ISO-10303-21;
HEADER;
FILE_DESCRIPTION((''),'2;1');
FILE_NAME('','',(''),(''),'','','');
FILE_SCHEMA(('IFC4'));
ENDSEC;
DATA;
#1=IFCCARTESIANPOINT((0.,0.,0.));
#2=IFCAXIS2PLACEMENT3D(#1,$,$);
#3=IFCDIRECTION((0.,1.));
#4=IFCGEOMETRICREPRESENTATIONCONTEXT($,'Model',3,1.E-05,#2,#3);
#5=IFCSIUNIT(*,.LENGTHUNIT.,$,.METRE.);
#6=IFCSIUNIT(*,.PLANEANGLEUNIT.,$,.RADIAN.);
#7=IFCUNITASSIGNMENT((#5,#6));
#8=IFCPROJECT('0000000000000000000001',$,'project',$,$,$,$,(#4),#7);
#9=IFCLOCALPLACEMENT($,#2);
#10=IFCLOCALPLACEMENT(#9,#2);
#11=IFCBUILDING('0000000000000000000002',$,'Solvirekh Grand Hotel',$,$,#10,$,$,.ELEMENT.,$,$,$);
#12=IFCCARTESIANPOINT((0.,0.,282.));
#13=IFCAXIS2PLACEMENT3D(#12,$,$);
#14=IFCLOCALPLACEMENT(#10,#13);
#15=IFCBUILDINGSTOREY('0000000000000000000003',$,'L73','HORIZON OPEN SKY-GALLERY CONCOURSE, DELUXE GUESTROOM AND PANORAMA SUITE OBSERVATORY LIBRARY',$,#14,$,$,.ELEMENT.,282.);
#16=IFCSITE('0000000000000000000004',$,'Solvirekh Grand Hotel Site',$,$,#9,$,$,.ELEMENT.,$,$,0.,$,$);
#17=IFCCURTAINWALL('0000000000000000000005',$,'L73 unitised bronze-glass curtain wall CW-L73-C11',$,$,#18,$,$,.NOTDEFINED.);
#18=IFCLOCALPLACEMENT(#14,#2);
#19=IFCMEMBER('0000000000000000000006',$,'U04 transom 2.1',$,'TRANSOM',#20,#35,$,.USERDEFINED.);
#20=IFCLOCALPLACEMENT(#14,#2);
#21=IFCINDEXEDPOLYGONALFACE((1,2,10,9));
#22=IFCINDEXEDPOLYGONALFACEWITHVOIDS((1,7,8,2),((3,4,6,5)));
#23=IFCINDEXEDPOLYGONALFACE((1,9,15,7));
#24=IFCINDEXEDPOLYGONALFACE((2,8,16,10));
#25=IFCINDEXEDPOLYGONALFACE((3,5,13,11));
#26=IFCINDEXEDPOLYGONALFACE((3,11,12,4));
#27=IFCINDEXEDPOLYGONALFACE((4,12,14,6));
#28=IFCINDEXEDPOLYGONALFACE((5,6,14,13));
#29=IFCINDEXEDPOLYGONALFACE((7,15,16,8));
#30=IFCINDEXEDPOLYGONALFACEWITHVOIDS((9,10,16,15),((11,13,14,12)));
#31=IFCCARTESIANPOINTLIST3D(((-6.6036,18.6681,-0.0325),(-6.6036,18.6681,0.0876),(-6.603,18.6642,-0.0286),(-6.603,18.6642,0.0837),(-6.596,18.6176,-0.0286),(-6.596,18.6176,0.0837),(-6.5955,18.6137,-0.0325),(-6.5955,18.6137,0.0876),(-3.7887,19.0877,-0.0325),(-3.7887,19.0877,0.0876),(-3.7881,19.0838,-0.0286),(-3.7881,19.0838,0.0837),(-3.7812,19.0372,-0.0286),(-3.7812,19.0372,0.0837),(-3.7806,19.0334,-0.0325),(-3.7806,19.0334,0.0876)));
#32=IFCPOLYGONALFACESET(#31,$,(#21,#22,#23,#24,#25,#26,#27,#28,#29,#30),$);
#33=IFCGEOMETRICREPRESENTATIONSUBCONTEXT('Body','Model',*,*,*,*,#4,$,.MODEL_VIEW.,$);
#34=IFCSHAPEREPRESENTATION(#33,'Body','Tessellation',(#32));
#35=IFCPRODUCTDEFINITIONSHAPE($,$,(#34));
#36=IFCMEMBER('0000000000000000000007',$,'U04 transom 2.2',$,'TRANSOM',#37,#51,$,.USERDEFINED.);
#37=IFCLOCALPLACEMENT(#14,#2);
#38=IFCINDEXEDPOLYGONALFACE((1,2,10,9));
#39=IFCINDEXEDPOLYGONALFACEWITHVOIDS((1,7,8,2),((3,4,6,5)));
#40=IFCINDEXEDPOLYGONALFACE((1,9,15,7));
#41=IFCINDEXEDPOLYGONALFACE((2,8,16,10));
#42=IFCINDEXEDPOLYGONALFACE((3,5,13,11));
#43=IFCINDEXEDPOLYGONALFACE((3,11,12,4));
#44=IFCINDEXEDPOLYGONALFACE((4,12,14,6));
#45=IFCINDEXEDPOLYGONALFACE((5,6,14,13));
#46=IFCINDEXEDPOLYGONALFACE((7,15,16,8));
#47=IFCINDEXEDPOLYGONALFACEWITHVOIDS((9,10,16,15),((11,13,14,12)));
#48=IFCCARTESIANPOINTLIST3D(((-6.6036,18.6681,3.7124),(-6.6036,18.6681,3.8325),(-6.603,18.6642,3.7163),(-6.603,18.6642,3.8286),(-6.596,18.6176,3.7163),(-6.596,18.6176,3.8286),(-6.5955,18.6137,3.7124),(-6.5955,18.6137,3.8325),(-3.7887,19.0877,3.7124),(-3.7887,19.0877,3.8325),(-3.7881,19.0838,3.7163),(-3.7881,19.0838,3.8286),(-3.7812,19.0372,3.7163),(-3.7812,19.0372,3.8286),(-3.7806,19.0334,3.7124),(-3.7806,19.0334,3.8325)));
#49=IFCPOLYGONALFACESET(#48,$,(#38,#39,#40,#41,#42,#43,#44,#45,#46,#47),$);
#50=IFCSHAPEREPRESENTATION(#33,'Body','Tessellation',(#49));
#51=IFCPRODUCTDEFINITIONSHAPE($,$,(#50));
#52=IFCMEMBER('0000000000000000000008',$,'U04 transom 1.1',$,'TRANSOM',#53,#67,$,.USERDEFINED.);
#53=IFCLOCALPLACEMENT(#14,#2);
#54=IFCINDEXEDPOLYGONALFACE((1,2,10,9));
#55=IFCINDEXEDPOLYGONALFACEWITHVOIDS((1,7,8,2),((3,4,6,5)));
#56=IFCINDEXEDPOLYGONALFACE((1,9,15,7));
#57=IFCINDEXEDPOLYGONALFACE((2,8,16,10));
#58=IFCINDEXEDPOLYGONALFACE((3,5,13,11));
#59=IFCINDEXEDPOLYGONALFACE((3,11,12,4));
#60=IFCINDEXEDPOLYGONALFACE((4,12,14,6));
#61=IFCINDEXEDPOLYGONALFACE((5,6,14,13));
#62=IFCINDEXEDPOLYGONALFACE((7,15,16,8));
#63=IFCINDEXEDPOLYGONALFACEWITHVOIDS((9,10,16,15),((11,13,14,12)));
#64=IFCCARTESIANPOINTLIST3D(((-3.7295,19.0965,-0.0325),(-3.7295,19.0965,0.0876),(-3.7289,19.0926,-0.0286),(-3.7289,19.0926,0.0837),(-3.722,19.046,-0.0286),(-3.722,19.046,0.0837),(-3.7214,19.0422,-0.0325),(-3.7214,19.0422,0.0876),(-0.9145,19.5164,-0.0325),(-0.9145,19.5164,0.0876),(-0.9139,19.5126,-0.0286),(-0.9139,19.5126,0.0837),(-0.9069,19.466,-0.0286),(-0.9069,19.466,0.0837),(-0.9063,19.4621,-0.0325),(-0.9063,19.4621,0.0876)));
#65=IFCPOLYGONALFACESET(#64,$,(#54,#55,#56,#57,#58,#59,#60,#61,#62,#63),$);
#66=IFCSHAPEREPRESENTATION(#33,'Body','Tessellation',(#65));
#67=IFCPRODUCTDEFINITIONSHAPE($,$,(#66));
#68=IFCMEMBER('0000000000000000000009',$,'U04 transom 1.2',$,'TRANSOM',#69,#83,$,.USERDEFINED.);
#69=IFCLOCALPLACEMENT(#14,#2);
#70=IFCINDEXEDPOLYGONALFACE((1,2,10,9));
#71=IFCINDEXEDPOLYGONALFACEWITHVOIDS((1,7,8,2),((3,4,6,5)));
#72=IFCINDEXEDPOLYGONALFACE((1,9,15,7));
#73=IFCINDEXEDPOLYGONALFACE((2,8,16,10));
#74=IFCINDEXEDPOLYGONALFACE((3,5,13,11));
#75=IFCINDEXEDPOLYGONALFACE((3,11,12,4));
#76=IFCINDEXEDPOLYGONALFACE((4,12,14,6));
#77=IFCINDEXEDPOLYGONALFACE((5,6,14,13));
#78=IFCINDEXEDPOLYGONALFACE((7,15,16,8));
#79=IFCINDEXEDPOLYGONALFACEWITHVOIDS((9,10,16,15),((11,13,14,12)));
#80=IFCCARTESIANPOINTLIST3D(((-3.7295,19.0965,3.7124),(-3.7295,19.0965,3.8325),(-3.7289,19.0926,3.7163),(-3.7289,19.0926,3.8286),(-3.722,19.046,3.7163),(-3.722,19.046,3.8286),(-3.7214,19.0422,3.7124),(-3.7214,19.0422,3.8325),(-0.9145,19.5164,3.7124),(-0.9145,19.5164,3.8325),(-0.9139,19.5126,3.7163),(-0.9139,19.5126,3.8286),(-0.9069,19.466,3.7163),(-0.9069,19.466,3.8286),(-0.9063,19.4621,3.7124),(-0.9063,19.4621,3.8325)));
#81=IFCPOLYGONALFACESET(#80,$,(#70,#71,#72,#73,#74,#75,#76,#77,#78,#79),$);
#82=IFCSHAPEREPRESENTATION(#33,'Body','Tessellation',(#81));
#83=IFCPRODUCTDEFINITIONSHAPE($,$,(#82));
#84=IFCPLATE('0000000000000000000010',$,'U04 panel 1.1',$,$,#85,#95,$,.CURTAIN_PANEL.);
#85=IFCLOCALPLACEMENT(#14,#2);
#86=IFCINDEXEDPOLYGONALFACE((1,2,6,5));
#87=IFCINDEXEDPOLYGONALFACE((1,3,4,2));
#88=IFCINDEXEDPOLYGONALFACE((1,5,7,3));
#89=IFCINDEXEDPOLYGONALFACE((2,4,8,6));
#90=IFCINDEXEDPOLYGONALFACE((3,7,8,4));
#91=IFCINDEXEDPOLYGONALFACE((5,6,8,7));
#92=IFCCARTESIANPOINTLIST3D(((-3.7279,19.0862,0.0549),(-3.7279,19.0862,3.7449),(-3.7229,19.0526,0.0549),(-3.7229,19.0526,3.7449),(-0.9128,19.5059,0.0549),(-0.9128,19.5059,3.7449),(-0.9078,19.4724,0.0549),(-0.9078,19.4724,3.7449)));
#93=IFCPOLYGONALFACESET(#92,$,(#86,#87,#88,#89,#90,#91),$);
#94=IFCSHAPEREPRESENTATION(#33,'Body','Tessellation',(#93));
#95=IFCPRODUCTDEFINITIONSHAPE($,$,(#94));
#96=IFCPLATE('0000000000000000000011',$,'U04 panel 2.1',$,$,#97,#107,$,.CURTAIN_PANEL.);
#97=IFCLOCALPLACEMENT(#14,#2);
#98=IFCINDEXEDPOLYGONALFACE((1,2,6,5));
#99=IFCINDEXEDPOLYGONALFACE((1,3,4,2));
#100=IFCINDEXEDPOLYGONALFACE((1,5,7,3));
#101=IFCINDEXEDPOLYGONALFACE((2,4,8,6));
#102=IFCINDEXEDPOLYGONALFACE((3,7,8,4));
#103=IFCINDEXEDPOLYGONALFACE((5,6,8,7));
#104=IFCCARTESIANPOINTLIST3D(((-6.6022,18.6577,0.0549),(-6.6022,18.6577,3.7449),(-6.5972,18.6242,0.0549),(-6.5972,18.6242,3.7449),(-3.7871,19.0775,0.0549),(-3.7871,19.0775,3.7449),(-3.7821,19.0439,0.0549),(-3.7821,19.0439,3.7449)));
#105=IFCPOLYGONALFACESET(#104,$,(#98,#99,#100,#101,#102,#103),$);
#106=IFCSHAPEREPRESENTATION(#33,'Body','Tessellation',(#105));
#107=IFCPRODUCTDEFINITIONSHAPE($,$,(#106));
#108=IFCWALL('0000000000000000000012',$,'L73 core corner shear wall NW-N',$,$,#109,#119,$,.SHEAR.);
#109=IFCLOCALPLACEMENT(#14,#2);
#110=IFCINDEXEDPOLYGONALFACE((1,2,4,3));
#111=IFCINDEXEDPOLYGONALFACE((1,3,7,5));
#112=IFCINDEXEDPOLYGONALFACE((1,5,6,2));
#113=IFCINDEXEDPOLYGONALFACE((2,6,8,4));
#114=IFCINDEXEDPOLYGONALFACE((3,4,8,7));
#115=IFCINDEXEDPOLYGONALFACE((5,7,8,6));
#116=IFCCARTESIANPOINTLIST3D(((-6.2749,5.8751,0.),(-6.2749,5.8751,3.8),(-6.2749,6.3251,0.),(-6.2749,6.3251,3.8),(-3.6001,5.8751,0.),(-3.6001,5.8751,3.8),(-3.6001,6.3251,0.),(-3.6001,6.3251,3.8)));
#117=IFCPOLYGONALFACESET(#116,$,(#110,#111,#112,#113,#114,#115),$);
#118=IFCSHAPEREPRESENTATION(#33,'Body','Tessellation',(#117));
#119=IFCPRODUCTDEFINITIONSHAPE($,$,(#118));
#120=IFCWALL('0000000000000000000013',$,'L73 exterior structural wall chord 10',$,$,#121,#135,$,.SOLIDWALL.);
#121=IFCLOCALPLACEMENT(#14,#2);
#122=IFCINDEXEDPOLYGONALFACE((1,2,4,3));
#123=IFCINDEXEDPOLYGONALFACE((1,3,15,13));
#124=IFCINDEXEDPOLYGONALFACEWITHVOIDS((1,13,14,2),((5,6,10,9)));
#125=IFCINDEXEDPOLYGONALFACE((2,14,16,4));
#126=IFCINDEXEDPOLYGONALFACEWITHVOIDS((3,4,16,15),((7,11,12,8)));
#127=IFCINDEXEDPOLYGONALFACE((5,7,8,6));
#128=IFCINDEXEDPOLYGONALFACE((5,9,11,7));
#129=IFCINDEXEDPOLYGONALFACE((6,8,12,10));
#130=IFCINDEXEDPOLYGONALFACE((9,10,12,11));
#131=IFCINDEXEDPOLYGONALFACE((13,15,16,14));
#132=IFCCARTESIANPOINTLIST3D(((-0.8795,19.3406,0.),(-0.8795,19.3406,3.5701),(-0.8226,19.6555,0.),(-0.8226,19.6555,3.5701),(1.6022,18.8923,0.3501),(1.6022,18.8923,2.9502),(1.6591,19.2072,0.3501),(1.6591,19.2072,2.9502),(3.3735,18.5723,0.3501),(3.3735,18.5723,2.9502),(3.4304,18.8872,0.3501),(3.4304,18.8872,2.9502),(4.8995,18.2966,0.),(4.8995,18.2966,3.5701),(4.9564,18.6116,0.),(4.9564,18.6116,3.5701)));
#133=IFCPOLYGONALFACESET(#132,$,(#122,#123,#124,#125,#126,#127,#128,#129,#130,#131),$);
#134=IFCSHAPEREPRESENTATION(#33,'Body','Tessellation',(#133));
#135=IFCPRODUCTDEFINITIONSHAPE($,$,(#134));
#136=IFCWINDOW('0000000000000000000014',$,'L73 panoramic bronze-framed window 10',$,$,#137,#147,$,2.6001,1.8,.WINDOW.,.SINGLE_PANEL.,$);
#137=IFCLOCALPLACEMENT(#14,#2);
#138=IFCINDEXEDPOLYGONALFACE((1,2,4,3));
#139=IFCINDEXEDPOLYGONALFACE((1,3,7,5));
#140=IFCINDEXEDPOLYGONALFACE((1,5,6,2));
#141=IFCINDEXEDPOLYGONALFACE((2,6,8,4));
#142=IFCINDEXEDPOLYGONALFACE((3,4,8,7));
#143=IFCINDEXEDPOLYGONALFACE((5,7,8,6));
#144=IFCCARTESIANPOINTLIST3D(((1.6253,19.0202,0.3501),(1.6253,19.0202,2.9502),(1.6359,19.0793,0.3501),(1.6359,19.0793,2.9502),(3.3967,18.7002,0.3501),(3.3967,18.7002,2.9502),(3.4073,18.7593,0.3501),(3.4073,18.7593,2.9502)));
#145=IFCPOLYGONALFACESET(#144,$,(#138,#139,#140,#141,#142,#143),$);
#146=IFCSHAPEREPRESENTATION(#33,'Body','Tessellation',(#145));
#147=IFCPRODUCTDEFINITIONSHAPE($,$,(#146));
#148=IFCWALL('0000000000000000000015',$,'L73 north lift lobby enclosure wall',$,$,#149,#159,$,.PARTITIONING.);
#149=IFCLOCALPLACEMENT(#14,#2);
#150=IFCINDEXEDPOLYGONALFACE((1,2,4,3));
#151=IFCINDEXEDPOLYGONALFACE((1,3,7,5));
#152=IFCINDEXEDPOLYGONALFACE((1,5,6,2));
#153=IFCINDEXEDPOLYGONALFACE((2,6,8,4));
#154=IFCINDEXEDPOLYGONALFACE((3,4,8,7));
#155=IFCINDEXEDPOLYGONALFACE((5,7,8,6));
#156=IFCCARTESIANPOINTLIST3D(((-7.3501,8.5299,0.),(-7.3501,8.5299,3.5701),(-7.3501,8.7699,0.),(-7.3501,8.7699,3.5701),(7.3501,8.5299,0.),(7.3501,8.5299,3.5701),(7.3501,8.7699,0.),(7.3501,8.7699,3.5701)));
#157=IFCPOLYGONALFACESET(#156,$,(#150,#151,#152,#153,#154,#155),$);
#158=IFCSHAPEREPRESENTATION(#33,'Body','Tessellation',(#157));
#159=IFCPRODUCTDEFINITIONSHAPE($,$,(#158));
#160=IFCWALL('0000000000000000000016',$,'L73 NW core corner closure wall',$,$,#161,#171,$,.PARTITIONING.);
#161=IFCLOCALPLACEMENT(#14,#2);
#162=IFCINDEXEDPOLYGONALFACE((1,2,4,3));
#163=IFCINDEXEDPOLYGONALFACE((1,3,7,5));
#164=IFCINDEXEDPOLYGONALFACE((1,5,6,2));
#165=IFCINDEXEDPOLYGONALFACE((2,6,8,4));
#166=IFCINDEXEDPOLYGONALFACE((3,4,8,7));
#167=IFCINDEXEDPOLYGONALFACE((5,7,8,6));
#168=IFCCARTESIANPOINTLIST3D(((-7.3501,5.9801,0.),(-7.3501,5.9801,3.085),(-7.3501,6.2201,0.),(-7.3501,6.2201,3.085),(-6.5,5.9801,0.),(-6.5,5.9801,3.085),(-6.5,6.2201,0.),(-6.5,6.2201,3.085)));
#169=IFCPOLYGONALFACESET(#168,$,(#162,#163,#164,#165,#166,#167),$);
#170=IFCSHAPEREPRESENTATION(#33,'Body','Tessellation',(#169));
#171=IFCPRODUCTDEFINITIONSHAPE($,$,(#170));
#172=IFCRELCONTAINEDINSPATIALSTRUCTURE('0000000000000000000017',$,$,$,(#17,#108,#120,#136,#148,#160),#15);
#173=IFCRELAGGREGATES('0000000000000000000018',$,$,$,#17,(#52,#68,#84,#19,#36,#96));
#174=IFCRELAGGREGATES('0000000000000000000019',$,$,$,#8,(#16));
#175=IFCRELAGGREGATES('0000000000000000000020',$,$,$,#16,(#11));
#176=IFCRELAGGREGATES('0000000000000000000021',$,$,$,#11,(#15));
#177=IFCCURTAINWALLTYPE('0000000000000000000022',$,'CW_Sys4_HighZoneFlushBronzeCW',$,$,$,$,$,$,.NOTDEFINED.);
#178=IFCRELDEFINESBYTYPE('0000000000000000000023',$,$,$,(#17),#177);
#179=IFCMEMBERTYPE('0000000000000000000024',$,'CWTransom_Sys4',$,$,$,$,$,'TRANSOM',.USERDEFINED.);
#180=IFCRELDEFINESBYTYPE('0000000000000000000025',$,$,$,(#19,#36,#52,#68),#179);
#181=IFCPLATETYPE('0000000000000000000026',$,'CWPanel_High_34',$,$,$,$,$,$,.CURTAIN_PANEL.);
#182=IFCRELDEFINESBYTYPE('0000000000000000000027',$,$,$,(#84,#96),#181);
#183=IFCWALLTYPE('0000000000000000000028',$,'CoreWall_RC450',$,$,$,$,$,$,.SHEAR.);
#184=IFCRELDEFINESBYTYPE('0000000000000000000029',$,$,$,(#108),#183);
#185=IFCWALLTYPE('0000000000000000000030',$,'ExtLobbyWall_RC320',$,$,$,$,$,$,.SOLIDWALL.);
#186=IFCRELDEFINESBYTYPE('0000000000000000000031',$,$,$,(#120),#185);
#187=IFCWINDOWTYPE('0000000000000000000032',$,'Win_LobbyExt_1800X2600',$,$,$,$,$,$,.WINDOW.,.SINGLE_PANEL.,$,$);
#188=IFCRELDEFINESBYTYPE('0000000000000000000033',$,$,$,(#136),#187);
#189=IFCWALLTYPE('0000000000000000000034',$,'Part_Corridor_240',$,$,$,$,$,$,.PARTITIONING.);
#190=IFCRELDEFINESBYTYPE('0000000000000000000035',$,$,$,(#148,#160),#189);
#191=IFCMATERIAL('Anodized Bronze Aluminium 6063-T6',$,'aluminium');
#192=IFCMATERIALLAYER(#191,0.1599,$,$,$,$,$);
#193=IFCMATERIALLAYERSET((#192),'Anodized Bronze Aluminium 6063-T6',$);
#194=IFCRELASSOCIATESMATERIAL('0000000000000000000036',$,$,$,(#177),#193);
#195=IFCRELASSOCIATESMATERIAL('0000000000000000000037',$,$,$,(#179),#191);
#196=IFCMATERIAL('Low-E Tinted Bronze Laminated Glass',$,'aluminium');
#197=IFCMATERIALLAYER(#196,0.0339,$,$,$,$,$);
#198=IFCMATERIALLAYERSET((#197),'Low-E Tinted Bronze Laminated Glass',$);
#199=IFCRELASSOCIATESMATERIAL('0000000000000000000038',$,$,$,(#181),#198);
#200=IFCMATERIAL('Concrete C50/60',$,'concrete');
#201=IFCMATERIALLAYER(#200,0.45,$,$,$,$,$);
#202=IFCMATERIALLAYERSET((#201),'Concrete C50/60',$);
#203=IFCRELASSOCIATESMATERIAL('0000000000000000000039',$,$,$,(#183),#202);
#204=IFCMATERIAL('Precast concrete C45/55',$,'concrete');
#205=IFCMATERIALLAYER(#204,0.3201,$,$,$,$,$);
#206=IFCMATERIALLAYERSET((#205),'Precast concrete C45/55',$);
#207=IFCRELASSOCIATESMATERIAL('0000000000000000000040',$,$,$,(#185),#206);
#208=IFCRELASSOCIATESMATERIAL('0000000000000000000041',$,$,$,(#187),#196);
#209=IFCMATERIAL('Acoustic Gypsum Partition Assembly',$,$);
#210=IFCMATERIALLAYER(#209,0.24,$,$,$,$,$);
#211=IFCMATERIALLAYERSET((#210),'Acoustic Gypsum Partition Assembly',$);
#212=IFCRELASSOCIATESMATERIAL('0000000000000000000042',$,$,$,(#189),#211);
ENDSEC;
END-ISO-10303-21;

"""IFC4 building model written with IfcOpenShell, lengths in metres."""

from ifc_helpers import new_model, si_unit, direction, frame, frame_2d, origin, origin_2d, place, context, subcontext, project, spatial, rectangle, hollow_rectangle, extrude, source, transform, mapped, material, layer, layer_set, material_profile, profile_set, type_object, element, fill, aggregate, save


model = new_model("IFC4")

# Units and contexts
model_context = context("Model", 3, precision=1e-05, world=origin(), true_north=direction((0.0, 1.0)))
body_context = subcontext(model_context, "Body", "Model", "MODEL_VIEW")
ifc_project = project(units=[si_unit("LENGTHUNIT", "METRE"), si_unit("PLANEANGLEUNIT", "RADIAN")], contexts=[model_context])

# Site, building, storey
site_placement = place(None, origin())
site = spatial("IfcSite", under=ifc_project, at=site_placement, Name="Solvirekh Grand Hotel Site", CompositionType="ELEMENT", RefElevation=0.0)
building_placement = place(site_placement, origin())
building = spatial("IfcBuilding", under=site, at=building_placement, Name="Solvirekh Grand Hotel", CompositionType="ELEMENT")
storey_placement = place(building_placement, frame((0.0, 0.0, 282.0)))
storey = spatial("IfcBuildingStorey", under=building, at=storey_placement, Name="L73", Description="HORIZON OPEN SKY-GALLERY CONCOURSE, DELUXE GUESTROOM AND PANORAMA SUITE OBSERVATORY LIBRARY", CompositionType="ELEMENT", Elevation=282.0)

# Shared definitions
ifc_material_1 = material(Name="Concrete C50/60", Category="concrete")

# Curtain wall, members, plates
ifc_material_2 = material(Name="Anodized Bronze Aluminium 6063-T6", Category="aluminium")
ifc_layer_1 = layer(ifc_material_2, 0.1599)
ifc_layer_set_1 = layer_set([ifc_layer_1], Name="Anodized Bronze Aluminium 6063-T6")
curtain_wall_type = type_object("IfcCurtainWallType", Name="CW_Sys4_HighZoneFlushBronzeCW", PredefinedType="NOTDEFINED", material=ifc_layer_set_1)
curtain_wall_placement = place(storey_placement, origin())
curtain_wall = element("IfcCurtainWall", 1, at=curtain_wall_placement, inside=storey, type_object=curtain_wall_type, Name="L73 unitised bronze-glass curtain wall CW-L73-C11", PredefinedType="NOTDEFINED")
ifc_material_profile_1 = material_profile(ifc_material_2, hollow_rectangle(XDim=0.0549, YDim=0.1201, WallThickness=0.0039, at=origin_2d()), Name="ALU RHS 120X55X4")
ifc_profile_set_1 = profile_set([ifc_material_profile_1], Name="Anodized Bronze Aluminium 6063-T6")
member_type_1 = type_object("IfcMemberType", Name="CWTransom_Sys4", ElementType="TRANSOM", PredefinedType="USERDEFINED", material=ifc_profile_set_1)
shared_shape_1 = source(origin(), body_context, "Body", "SweptSolid", [
    extrude(hollow_rectangle(XDim=0.0549, YDim=0.1201, WallThickness=0.0039, at=origin_2d()), origin(), (0.0, 0.0, 1.0), 2.8459),
])
member_1_placement = place(storey_placement, frame((-3.7847, 19.0605, 0.0276), z_axis=(-0.989068, -0.14746, 0.0), x_axis=(0.14746, -0.989068, 0.0)))
member_1 = element("IfcMember", 2, at=member_1_placement, type_object=member_type_1, Name="U04 transom 2.1", ObjectType="TRANSOM", PredefinedType="USERDEFINED", context=body_context, shape_type="MappedRepresentation", body=[
    mapped(shared_shape_1, transform((0.0, 0.0, 0.0), x_axis=(1.0, 0.0, 0.0), y_axis=(0.0, 1.0, 0.0), z_axis=(0.0, 0.0, 1.0), scale=1.0)),
])
member_2_placement = place(storey_placement, frame((-3.7847, 19.0605, 3.7725), z_axis=(-0.989068, -0.14746, 0.0), x_axis=(0.14746, -0.989068, 0.0)))
member_2 = element("IfcMember", 3, at=member_2_placement, type_object=member_type_1, Name="U04 transom 2.2", ObjectType="TRANSOM", PredefinedType="USERDEFINED", context=body_context, shape_type="MappedRepresentation", body=[
    mapped(shared_shape_1, transform((0.0, 0.0, 0.0), x_axis=(1.0, 0.0, 0.0), y_axis=(0.0, 1.0, 0.0), z_axis=(0.0, 0.0, 1.0), scale=1.0)),
])
shared_shape_2 = source(origin(), body_context, "Body", "SweptSolid", [
    extrude(hollow_rectangle(XDim=0.0549, YDim=0.1201, WallThickness=0.0039, at=origin_2d()), origin(), (0.0, 0.0, 1.0), 2.8462),
])
member_3_placement = place(storey_placement, frame((-0.9104, 19.4893, 0.0276), z_axis=(-0.989056, -0.147543, 0.0), x_axis=(0.147543, -0.989056, 0.0)))
member_3 = element("IfcMember", 4, at=member_3_placement, type_object=member_type_1, Name="U04 transom 1.1", ObjectType="TRANSOM", PredefinedType="USERDEFINED", context=body_context, shape_type="MappedRepresentation", body=[
    mapped(shared_shape_2, transform((0.0, 0.0, 0.0), x_axis=(1.0, 0.0, 0.0), y_axis=(0.0, 1.0, 0.0), z_axis=(0.0, 0.0, 1.0), scale=1.0)),
])
member_4_placement = place(storey_placement, frame((-0.9104, 19.4893, 3.7725), z_axis=(-0.989056, -0.147543, 0.0), x_axis=(0.147543, -0.989056, 0.0)))
member_4 = element("IfcMember", 5, at=member_4_placement, type_object=member_type_1, Name="U04 transom 1.2", ObjectType="TRANSOM", PredefinedType="USERDEFINED", context=body_context, shape_type="MappedRepresentation", body=[
    mapped(shared_shape_2, transform((0.0, 0.0, 0.0), x_axis=(1.0, 0.0, 0.0), y_axis=(0.0, 1.0, 0.0), z_axis=(0.0, 0.0, 1.0), scale=1.0)),
])
ifc_material_3 = material(Name="Low-E Tinted Bronze Laminated Glass", Category="aluminium")
ifc_layer_2 = layer(ifc_material_3, 0.0339)
ifc_layer_set_2 = layer_set([ifc_layer_2], Name="Low-E Tinted Bronze Laminated Glass")
plate_type = type_object("IfcPlateType", Name="CWPanel_High_34", PredefinedType="CURTAIN_PANEL", material=ifc_layer_set_2)
shared_shape_3 = source(origin(), body_context, "Body", "SweptSolid", [
    extrude(rectangle(XDim=2.8462, YDim=0.0339, at=origin_2d()), origin(), (0.0, 0.0, 1.0), 3.6899),
])
plate_1_placement = place(storey_placement, frame((-2.3179, 19.2793, 0.0549), z_axis=(0.0, 0.0, 1.0), x_axis=(-0.989066, -0.147474, 0.0)))
plate_1 = element("IfcPlate", 6, at=plate_1_placement, type_object=plate_type, Name="U04 panel 1.1", PredefinedType="CURTAIN_PANEL", context=body_context, shape_type="MappedRepresentation", body=[
    mapped(shared_shape_3, transform((0.0, 0.0, 0.0), x_axis=(1.0, 0.0, 0.0), y_axis=(0.0, 1.0, 0.0), z_axis=(0.0, 0.0, 1.0), scale=1.0)),
])
plate_2_placement = place(storey_placement, frame((-5.1921, 18.8508, 0.0549), z_axis=(0.0, 0.0, 1.0), x_axis=(-0.989066, -0.147474, 0.0)))
plate_2 = element("IfcPlate", 7, at=plate_2_placement, type_object=plate_type, Name="U04 panel 2.1", PredefinedType="CURTAIN_PANEL", context=body_context, shape_type="MappedRepresentation", body=[
    mapped(shared_shape_3, transform((0.0, 0.0, 0.0), x_axis=(1.0, 0.0, 0.0), y_axis=(0.0, 1.0, 0.0), z_axis=(0.0, 0.0, 1.0), scale=1.0)),
])
aggregate(curtain_wall, [member_3, member_4, plate_1, member_1, member_2, plate_2])

# Wall
ifc_layer_3 = layer(ifc_material_1, 0.45)
ifc_layer_set_3 = layer_set([ifc_layer_3], Name="Concrete C50/60")
wall_type_1 = type_object("IfcWallType", Name="CoreWall_RC450", PredefinedType="SHEAR", material=ifc_layer_set_3)
wall_1_placement = place(storey_placement, frame((-6.2749, 6.1001, 0.0), z_axis=(0.0, 0.0, 1.0), x_axis=(1.0, 0.0, 0.0)))
element("IfcWall", 8, at=wall_1_placement, inside=storey, type_object=wall_type_1, Name="L73 core corner shear wall NW-N", PredefinedType="SHEAR", context=body_context, shape_type="SweptSolid", body=[
    extrude(rectangle(XDim=2.6748, YDim=0.45, at=frame_2d((1.3374, 0.0))), origin(), (0.0, 0.0, 1.0), 3.8),
])

# Wall, opening, window
ifc_material_4 = material(Name="Precast concrete C45/55", Category="concrete")
ifc_layer_4 = layer(ifc_material_4, 0.3201)
ifc_layer_set_4 = layer_set([ifc_layer_4], Name="Precast concrete C45/55")
wall_type_2 = type_object("IfcWallType", Name="ExtLobbyWall_RC320", PredefinedType="SOLIDWALL", material=ifc_layer_set_4)
wall_2_placement = place(storey_placement, frame((-0.8511, 19.498, 0.0), z_axis=(0.0, 0.0, 1.0), x_axis=(0.984073, -0.177766, 0.0)))
wall_2 = element("IfcWall", 9, at=wall_2_placement, inside=storey, type_object=wall_type_2, Name="L73 exterior structural wall chord 10", PredefinedType="SOLIDWALL", context=body_context, shape_type="SweptSolid", body=[
    extrude(rectangle(XDim=5.8726, YDim=0.3201, at=frame_2d((2.9363, 0.0))), origin(), (0.0, 0.0, 1.0), 3.5701),
])
opening_placement = place(wall_2_placement, frame((2.522, 0.0, 0.3501)))
opening = element("IfcOpeningElement", 10, at=opening_placement, cuts=wall_2, PredefinedType="OPENING", context=body_context, shape_type="SweptSolid", body=[
    extrude(rectangle(XDim=1.8, YDim=2.6001, at=frame_2d((0.8999, 1.3))), frame((0.0, 0.1699, 0.0), z_axis=(0.0, -1.0, 0.0), x_axis=(1.0, 0.0, 0.0)), (0.0, 0.0, 1.0), 0.3401),
])
window_type = type_object("IfcWindowType", Name="Win_LobbyExt_1800X2600", PartitioningType="SINGLE_PANEL", PredefinedType="WINDOW", material=ifc_material_3)
window_placement = place(opening_placement, origin())
window = element("IfcWindow", 11, at=window_placement, inside=storey, type_object=window_type, Name="L73 panoramic bronze-framed window 10", OverallHeight=2.6001, OverallWidth=1.8, PartitioningType="SINGLE_PANEL", PredefinedType="WINDOW", context=body_context, shape_type="SweptSolid", body=[
    extrude(rectangle(XDim=1.8, YDim=2.6001, at=frame_2d((0.8999, 1.3))), frame((0.0, 0.03, 0.0), z_axis=(0.0, -1.0, 0.0), x_axis=(1.0, 0.0, 0.0)), (0.0, 0.0, 1.0), 0.0601),
])
fill(opening, window)

# Walls
ifc_material_5 = material(Name="Acoustic Gypsum Partition Assembly")
ifc_layer_5 = layer(ifc_material_5, 0.24)
ifc_layer_set_5 = layer_set([ifc_layer_5], Name="Acoustic Gypsum Partition Assembly")
wall_type_3 = type_object("IfcWallType", Name="Part_Corridor_240", PredefinedType="PARTITIONING", material=ifc_layer_set_5)
wall_3_placement = place(storey_placement, frame((-7.3501, 8.6499, 0.0), z_axis=(0.0, 0.0, 1.0), x_axis=(1.0, 0.0, 0.0)))
element("IfcWall", 12, at=wall_3_placement, inside=storey, type_object=wall_type_3, Name="L73 north lift lobby enclosure wall", PredefinedType="PARTITIONING", context=body_context, shape_type="SweptSolid", body=[
    extrude(rectangle(XDim=14.7002, YDim=0.24, at=frame_2d((7.3501, 0.0))), origin(), (0.0, 0.0, 1.0), 3.5701),
])
wall_4_placement = place(storey_placement, frame((-7.3501, 6.1001, 0.0), z_axis=(0.0, 0.0, 1.0), x_axis=(1.0, 0.0, 0.0)))
element("IfcWall", 13, at=wall_4_placement, inside=storey, type_object=wall_type_3, Name="L73 NW core corner closure wall", PredefinedType="PARTITIONING", context=body_context, shape_type="SweptSolid", body=[
    extrude(rectangle(XDim=0.8501, YDim=0.24, at=frame_2d((0.425, 0.0))), origin(), (0.0, 0.0, 1.0), 3.085),
])

save(model, "model.ifc")
